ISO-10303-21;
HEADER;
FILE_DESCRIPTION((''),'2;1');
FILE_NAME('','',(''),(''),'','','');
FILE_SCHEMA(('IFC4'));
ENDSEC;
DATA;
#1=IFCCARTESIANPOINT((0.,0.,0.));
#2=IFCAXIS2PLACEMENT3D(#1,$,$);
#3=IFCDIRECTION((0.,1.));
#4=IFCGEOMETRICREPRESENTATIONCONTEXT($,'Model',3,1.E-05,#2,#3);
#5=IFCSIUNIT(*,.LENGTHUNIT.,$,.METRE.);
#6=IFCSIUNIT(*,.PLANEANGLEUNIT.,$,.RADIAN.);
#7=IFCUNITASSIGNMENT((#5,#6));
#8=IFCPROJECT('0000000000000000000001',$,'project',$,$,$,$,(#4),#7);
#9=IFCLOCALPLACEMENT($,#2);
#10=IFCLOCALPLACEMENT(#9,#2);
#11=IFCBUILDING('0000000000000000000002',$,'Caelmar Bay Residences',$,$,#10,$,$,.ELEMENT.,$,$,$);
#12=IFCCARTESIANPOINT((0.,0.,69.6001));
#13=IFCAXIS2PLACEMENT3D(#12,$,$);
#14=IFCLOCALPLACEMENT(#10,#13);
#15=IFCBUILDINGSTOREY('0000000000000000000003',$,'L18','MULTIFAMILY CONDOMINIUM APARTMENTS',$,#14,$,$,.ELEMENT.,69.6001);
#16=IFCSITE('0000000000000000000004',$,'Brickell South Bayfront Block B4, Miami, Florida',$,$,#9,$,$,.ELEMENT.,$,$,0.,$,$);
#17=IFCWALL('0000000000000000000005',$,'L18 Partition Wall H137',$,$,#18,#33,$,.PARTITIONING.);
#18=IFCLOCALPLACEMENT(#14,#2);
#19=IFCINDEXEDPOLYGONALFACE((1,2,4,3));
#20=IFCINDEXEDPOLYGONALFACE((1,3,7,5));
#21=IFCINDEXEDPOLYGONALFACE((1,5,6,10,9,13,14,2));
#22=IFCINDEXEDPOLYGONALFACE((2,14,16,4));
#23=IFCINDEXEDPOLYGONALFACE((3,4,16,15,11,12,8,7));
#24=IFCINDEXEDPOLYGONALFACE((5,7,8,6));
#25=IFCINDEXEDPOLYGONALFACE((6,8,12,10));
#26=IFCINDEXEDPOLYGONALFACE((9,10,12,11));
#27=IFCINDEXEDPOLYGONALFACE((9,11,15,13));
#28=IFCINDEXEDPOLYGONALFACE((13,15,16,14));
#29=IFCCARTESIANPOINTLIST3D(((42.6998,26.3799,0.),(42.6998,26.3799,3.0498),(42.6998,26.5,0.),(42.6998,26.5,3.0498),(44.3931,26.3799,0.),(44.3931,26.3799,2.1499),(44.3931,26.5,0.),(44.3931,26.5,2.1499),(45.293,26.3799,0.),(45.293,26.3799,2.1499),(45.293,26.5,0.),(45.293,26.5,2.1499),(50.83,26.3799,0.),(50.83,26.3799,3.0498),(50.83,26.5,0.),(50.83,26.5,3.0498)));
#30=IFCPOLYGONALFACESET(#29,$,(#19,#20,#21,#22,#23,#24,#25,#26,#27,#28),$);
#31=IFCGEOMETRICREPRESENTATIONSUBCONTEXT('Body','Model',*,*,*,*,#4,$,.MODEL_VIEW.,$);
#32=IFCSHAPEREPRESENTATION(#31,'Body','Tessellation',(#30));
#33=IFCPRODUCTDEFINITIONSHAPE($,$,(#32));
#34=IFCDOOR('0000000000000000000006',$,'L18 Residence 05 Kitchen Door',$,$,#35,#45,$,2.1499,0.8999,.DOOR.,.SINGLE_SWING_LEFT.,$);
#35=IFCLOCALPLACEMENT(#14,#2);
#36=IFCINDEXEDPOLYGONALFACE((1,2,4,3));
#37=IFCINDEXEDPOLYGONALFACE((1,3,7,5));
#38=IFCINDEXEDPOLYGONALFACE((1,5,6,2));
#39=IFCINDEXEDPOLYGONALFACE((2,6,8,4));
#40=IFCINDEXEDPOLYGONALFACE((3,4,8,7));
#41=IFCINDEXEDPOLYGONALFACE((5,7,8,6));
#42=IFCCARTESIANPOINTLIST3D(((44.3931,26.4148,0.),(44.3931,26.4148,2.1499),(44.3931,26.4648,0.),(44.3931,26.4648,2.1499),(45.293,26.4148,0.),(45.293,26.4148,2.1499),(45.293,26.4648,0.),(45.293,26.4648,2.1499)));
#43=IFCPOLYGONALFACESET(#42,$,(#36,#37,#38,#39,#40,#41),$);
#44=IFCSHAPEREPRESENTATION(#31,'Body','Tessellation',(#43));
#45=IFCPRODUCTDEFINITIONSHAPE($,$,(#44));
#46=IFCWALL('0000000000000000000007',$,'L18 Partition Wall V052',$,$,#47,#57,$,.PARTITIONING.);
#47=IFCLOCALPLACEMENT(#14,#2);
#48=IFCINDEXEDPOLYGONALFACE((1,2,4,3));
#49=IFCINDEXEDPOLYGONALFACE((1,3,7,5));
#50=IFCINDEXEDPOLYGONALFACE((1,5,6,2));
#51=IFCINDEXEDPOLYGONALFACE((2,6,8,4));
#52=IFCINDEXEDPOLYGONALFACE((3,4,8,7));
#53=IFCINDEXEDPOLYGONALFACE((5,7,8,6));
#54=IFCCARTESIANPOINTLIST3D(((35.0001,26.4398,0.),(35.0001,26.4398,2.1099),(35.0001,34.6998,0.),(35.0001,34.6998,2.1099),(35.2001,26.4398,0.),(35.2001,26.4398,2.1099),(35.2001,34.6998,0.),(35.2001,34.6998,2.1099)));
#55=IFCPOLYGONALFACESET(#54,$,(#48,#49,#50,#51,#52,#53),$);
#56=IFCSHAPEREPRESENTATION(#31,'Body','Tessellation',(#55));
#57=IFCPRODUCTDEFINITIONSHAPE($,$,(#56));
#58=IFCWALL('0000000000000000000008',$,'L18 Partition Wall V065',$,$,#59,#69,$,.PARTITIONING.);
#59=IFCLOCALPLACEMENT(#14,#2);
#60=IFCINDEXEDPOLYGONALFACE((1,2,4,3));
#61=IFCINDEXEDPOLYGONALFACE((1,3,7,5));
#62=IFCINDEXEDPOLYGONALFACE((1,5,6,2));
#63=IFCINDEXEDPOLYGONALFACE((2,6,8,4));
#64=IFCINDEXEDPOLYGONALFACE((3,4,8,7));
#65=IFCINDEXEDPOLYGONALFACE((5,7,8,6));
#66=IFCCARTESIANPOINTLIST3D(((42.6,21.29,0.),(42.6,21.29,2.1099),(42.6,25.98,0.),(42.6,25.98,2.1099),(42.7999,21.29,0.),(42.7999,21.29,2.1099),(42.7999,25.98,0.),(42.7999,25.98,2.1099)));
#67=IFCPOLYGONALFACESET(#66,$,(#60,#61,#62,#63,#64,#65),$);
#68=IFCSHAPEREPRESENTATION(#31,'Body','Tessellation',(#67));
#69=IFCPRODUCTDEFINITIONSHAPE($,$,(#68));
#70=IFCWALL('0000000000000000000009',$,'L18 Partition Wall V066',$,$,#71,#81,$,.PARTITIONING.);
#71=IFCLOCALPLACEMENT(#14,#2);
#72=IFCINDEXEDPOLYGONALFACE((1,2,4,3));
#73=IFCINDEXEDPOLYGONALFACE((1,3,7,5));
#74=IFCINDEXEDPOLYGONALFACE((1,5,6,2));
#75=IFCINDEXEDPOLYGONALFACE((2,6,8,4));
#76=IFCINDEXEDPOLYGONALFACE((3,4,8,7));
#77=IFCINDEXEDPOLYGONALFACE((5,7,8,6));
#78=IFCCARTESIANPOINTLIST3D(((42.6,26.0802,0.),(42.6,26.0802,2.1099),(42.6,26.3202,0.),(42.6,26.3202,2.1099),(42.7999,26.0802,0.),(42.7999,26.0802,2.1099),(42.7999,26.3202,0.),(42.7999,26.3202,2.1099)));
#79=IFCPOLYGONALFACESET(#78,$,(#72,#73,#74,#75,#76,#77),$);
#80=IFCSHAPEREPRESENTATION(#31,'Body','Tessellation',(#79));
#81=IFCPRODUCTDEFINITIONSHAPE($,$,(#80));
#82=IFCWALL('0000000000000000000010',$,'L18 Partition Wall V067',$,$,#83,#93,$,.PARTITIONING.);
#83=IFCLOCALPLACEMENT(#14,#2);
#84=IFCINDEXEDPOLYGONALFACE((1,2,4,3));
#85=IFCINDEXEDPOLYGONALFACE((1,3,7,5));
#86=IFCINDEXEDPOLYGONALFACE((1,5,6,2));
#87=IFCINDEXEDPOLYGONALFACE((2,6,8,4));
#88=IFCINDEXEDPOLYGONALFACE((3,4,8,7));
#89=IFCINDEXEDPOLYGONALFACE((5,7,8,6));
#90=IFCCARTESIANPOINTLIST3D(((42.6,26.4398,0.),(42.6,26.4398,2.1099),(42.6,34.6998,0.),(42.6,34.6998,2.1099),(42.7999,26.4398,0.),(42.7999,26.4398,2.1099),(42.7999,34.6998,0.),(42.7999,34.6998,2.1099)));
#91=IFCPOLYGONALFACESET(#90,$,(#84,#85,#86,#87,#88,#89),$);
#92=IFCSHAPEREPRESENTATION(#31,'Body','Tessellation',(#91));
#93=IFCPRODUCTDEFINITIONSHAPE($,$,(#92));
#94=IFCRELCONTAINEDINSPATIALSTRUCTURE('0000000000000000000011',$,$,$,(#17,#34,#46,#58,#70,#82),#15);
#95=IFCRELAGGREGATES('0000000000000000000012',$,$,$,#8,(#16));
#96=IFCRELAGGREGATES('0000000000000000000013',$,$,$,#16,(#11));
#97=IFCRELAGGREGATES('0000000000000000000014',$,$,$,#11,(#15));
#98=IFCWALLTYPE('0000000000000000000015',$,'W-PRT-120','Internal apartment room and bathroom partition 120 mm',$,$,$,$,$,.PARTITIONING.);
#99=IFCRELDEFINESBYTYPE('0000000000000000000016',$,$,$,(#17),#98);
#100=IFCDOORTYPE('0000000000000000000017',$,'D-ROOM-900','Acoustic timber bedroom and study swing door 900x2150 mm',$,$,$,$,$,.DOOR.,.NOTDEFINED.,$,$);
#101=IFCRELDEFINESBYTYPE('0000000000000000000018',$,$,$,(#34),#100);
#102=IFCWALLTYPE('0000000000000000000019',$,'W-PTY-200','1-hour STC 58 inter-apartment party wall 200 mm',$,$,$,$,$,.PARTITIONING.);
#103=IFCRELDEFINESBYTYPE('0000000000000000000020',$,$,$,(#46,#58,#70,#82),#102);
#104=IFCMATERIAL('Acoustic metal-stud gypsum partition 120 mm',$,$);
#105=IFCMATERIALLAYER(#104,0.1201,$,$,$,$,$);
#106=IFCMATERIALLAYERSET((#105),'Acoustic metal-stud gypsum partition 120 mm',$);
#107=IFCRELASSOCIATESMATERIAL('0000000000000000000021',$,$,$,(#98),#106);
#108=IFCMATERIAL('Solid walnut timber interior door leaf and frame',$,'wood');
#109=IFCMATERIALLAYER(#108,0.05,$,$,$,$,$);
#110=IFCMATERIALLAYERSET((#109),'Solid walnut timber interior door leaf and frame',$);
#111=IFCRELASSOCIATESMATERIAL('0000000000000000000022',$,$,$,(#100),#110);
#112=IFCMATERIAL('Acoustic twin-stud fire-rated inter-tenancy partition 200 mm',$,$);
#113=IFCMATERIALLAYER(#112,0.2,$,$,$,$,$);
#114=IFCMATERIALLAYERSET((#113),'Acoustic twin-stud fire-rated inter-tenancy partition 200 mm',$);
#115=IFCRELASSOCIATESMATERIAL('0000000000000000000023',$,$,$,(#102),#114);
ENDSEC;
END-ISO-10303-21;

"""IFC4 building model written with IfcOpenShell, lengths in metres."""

from ifc_helpers import new_model, si_unit, direction, frame, frame_2d, origin, place, context, subcontext, project, spatial, rectangle, extrude, material, layer, layer_set, type_object, element, fill, save


model = new_model("IFC4")

# Units and contexts
model_context = context("Model", 3, precision=1e-05, world=origin(), true_north=direction((0.0, 1.0)))
body_context = subcontext(model_context, "Body", "Model", "MODEL_VIEW")
ifc_project = project(units=[si_unit("LENGTHUNIT", "METRE"), si_unit("PLANEANGLEUNIT", "RADIAN")], contexts=[model_context])

# Site, building, storey
site_placement = place(None, origin())
site = spatial("IfcSite", under=ifc_project, at=site_placement, Name="Brickell South Bayfront Block B4, Miami, Florida", CompositionType="ELEMENT", RefElevation=0.0)
building_placement = place(site_placement, origin())
building = spatial("IfcBuilding", under=site, at=building_placement, Name="Caelmar Bay Residences", CompositionType="ELEMENT")
storey_placement = place(building_placement, frame((0.0, 0.0, 69.6001)))
storey = spatial("IfcBuildingStorey", under=building, at=storey_placement, Name="L18", Description="MULTIFAMILY CONDOMINIUM APARTMENTS", CompositionType="ELEMENT", Elevation=69.6001)

# Shared definitions
ifc_material_1 = material(Name="Acoustic metal-stud gypsum partition 120 mm")
ifc_layer_1 = layer(ifc_material_1, 0.1201)
ifc_layer_set_1 = layer_set([ifc_layer_1], Name="Acoustic metal-stud gypsum partition 120 mm")
wall_type_1 = type_object("IfcWallType", Name="W-PRT-120", Description="Internal apartment room and bathroom partition 120 mm", PredefinedType="PARTITIONING", material=ifc_layer_set_1)
ifc_material_2 = material(Name="Solid walnut timber interior door leaf and frame", Category="wood")
ifc_layer_2 = layer(ifc_material_2, 0.05)
ifc_layer_set_2 = layer_set([ifc_layer_2], Name="Solid walnut timber interior door leaf and frame")
door_type_1 = type_object("IfcDoorType", Name="D-ROOM-900", Description="Acoustic timber bedroom and study swing door 900x2150 mm", OperationType="NOTDEFINED", PredefinedType="DOOR", material=ifc_layer_set_2)

# Wall, opening, door
wall_1_placement = place(storey_placement, frame((42.7, 26.4399, 0.0), z_axis=(0.0, 0.0, 1.0), x_axis=(1.0, 0.0, 0.0)))
wall_1 = element("IfcWall", 1, at=wall_1_placement, inside=storey, type_object=wall_type_1, Name="L18 Partition Wall H137", PredefinedType="PARTITIONING", context=body_context, shape_type="SweptSolid", body=[
    extrude(rectangle(XDim=8.1301, YDim=0.1201, at=frame_2d((4.0649, 0.0))), origin(), (0.0, 0.0, 1.0), 3.0498),
])
opening_1_placement = place(wall_1_placement, frame((1.6931, 0.0, 0.0)))
opening_1 = element("IfcOpeningElement", 2, at=opening_1_placement, cuts=wall_1, PredefinedType="OPENING", context=body_context, shape_type="SweptSolid", body=[
    extrude(rectangle(XDim=0.8999, YDim=2.1499, at=frame_2d((0.45, 1.075))), frame((0.0, 0.0701, 0.0), z_axis=(0.0, -1.0, 0.0), x_axis=(1.0, 0.0, 0.0)), (0.0, 0.0, 1.0), 0.1401),
])
door_1_placement = place(opening_1_placement, origin())
door_1 = element("IfcDoor", 3, at=door_1_placement, inside=storey, type_object=door_type_1, Name="L18 Residence 05 Kitchen Door", OperationType="SINGLE_SWING_LEFT", OverallHeight=2.1499, OverallWidth=0.8999, PredefinedType="DOOR", context=body_context, shape_type="SweptSolid", body=[
    extrude(rectangle(XDim=0.8999, YDim=2.1499, at=frame_2d((0.45, 1.075))), frame((0.0, 0.0249, 0.0), z_axis=(0.0, -1.0, 0.0), x_axis=(1.0, 0.0, 0.0)), (0.0, 0.0, 1.0), 0.05),
])
fill(opening_1, door_1)

# Walls
ifc_material_3 = material(Name="Acoustic twin-stud fire-rated inter-tenancy partition 200 mm")
ifc_layer_3 = layer(ifc_material_3, 0.2)
ifc_layer_set_3 = layer_set([ifc_layer_3], Name="Acoustic twin-stud fire-rated inter-tenancy partition 200 mm")
wall_type_2 = type_object("IfcWallType", Name="W-PTY-200", Description="1-hour STC 58 inter-apartment party wall 200 mm", PredefinedType="PARTITIONING", material=ifc_layer_set_3)
wall_2_placement = place(storey_placement, frame((35.1001, 26.4399, 0.0), z_axis=(0.0, 0.0, 1.0), x_axis=(0.0, 1.0, 0.0)))
element("IfcWall", 4, at=wall_2_placement, inside=storey, type_object=wall_type_2, Name="L18 Partition Wall V052", PredefinedType="PARTITIONING", context=body_context, shape_type="SweptSolid", body=[
    extrude(rectangle(XDim=8.26, YDim=0.2, at=frame_2d((4.1299, 0.0))), origin(), (0.0, 0.0, 1.0), 2.1099),
])
wall_3_placement = place(storey_placement, frame((42.7, 21.29, 0.0), z_axis=(0.0, 0.0, 1.0), x_axis=(0.0, 1.0, 0.0)))
element("IfcWall", 5, at=wall_3_placement, inside=storey, type_object=wall_type_2, Name="L18 Partition Wall V065", PredefinedType="PARTITIONING", context=body_context, shape_type="SweptSolid", body=[
    extrude(rectangle(XDim=4.6899, YDim=0.2, at=frame_2d((2.345, 0.0))), origin(), (0.0, 0.0, 1.0), 2.1099),
])
wall_4_placement = place(storey_placement, frame((42.7, 26.0801, 0.0), z_axis=(0.0, 0.0, 1.0), x_axis=(0.0, 1.0, 0.0)))
element("IfcWall", 6, at=wall_4_placement, inside=storey, type_object=wall_type_2, Name="L18 Partition Wall V066", PredefinedType="PARTITIONING", context=body_context, shape_type="SweptSolid", body=[
    extrude(rectangle(XDim=0.24, YDim=0.2, at=frame_2d((0.1201, 0.0))), origin(), (0.0, 0.0, 1.0), 2.1099),
])
wall_5_placement = place(storey_placement, frame((42.7, 26.4399, 0.0), z_axis=(0.0, 0.0, 1.0), x_axis=(0.0, 1.0, 0.0)))
element("IfcWall", 7, at=wall_5_placement, inside=storey, type_object=wall_type_2, Name="L18 Partition Wall V067", PredefinedType="PARTITIONING", context=body_context, shape_type="SweptSolid", body=[
    extrude(rectangle(XDim=8.26, YDim=0.2, at=frame_2d((4.1299, 0.0))), origin(), (0.0, 0.0, 1.0), 2.1099),
])

save(model, "model.ifc")
